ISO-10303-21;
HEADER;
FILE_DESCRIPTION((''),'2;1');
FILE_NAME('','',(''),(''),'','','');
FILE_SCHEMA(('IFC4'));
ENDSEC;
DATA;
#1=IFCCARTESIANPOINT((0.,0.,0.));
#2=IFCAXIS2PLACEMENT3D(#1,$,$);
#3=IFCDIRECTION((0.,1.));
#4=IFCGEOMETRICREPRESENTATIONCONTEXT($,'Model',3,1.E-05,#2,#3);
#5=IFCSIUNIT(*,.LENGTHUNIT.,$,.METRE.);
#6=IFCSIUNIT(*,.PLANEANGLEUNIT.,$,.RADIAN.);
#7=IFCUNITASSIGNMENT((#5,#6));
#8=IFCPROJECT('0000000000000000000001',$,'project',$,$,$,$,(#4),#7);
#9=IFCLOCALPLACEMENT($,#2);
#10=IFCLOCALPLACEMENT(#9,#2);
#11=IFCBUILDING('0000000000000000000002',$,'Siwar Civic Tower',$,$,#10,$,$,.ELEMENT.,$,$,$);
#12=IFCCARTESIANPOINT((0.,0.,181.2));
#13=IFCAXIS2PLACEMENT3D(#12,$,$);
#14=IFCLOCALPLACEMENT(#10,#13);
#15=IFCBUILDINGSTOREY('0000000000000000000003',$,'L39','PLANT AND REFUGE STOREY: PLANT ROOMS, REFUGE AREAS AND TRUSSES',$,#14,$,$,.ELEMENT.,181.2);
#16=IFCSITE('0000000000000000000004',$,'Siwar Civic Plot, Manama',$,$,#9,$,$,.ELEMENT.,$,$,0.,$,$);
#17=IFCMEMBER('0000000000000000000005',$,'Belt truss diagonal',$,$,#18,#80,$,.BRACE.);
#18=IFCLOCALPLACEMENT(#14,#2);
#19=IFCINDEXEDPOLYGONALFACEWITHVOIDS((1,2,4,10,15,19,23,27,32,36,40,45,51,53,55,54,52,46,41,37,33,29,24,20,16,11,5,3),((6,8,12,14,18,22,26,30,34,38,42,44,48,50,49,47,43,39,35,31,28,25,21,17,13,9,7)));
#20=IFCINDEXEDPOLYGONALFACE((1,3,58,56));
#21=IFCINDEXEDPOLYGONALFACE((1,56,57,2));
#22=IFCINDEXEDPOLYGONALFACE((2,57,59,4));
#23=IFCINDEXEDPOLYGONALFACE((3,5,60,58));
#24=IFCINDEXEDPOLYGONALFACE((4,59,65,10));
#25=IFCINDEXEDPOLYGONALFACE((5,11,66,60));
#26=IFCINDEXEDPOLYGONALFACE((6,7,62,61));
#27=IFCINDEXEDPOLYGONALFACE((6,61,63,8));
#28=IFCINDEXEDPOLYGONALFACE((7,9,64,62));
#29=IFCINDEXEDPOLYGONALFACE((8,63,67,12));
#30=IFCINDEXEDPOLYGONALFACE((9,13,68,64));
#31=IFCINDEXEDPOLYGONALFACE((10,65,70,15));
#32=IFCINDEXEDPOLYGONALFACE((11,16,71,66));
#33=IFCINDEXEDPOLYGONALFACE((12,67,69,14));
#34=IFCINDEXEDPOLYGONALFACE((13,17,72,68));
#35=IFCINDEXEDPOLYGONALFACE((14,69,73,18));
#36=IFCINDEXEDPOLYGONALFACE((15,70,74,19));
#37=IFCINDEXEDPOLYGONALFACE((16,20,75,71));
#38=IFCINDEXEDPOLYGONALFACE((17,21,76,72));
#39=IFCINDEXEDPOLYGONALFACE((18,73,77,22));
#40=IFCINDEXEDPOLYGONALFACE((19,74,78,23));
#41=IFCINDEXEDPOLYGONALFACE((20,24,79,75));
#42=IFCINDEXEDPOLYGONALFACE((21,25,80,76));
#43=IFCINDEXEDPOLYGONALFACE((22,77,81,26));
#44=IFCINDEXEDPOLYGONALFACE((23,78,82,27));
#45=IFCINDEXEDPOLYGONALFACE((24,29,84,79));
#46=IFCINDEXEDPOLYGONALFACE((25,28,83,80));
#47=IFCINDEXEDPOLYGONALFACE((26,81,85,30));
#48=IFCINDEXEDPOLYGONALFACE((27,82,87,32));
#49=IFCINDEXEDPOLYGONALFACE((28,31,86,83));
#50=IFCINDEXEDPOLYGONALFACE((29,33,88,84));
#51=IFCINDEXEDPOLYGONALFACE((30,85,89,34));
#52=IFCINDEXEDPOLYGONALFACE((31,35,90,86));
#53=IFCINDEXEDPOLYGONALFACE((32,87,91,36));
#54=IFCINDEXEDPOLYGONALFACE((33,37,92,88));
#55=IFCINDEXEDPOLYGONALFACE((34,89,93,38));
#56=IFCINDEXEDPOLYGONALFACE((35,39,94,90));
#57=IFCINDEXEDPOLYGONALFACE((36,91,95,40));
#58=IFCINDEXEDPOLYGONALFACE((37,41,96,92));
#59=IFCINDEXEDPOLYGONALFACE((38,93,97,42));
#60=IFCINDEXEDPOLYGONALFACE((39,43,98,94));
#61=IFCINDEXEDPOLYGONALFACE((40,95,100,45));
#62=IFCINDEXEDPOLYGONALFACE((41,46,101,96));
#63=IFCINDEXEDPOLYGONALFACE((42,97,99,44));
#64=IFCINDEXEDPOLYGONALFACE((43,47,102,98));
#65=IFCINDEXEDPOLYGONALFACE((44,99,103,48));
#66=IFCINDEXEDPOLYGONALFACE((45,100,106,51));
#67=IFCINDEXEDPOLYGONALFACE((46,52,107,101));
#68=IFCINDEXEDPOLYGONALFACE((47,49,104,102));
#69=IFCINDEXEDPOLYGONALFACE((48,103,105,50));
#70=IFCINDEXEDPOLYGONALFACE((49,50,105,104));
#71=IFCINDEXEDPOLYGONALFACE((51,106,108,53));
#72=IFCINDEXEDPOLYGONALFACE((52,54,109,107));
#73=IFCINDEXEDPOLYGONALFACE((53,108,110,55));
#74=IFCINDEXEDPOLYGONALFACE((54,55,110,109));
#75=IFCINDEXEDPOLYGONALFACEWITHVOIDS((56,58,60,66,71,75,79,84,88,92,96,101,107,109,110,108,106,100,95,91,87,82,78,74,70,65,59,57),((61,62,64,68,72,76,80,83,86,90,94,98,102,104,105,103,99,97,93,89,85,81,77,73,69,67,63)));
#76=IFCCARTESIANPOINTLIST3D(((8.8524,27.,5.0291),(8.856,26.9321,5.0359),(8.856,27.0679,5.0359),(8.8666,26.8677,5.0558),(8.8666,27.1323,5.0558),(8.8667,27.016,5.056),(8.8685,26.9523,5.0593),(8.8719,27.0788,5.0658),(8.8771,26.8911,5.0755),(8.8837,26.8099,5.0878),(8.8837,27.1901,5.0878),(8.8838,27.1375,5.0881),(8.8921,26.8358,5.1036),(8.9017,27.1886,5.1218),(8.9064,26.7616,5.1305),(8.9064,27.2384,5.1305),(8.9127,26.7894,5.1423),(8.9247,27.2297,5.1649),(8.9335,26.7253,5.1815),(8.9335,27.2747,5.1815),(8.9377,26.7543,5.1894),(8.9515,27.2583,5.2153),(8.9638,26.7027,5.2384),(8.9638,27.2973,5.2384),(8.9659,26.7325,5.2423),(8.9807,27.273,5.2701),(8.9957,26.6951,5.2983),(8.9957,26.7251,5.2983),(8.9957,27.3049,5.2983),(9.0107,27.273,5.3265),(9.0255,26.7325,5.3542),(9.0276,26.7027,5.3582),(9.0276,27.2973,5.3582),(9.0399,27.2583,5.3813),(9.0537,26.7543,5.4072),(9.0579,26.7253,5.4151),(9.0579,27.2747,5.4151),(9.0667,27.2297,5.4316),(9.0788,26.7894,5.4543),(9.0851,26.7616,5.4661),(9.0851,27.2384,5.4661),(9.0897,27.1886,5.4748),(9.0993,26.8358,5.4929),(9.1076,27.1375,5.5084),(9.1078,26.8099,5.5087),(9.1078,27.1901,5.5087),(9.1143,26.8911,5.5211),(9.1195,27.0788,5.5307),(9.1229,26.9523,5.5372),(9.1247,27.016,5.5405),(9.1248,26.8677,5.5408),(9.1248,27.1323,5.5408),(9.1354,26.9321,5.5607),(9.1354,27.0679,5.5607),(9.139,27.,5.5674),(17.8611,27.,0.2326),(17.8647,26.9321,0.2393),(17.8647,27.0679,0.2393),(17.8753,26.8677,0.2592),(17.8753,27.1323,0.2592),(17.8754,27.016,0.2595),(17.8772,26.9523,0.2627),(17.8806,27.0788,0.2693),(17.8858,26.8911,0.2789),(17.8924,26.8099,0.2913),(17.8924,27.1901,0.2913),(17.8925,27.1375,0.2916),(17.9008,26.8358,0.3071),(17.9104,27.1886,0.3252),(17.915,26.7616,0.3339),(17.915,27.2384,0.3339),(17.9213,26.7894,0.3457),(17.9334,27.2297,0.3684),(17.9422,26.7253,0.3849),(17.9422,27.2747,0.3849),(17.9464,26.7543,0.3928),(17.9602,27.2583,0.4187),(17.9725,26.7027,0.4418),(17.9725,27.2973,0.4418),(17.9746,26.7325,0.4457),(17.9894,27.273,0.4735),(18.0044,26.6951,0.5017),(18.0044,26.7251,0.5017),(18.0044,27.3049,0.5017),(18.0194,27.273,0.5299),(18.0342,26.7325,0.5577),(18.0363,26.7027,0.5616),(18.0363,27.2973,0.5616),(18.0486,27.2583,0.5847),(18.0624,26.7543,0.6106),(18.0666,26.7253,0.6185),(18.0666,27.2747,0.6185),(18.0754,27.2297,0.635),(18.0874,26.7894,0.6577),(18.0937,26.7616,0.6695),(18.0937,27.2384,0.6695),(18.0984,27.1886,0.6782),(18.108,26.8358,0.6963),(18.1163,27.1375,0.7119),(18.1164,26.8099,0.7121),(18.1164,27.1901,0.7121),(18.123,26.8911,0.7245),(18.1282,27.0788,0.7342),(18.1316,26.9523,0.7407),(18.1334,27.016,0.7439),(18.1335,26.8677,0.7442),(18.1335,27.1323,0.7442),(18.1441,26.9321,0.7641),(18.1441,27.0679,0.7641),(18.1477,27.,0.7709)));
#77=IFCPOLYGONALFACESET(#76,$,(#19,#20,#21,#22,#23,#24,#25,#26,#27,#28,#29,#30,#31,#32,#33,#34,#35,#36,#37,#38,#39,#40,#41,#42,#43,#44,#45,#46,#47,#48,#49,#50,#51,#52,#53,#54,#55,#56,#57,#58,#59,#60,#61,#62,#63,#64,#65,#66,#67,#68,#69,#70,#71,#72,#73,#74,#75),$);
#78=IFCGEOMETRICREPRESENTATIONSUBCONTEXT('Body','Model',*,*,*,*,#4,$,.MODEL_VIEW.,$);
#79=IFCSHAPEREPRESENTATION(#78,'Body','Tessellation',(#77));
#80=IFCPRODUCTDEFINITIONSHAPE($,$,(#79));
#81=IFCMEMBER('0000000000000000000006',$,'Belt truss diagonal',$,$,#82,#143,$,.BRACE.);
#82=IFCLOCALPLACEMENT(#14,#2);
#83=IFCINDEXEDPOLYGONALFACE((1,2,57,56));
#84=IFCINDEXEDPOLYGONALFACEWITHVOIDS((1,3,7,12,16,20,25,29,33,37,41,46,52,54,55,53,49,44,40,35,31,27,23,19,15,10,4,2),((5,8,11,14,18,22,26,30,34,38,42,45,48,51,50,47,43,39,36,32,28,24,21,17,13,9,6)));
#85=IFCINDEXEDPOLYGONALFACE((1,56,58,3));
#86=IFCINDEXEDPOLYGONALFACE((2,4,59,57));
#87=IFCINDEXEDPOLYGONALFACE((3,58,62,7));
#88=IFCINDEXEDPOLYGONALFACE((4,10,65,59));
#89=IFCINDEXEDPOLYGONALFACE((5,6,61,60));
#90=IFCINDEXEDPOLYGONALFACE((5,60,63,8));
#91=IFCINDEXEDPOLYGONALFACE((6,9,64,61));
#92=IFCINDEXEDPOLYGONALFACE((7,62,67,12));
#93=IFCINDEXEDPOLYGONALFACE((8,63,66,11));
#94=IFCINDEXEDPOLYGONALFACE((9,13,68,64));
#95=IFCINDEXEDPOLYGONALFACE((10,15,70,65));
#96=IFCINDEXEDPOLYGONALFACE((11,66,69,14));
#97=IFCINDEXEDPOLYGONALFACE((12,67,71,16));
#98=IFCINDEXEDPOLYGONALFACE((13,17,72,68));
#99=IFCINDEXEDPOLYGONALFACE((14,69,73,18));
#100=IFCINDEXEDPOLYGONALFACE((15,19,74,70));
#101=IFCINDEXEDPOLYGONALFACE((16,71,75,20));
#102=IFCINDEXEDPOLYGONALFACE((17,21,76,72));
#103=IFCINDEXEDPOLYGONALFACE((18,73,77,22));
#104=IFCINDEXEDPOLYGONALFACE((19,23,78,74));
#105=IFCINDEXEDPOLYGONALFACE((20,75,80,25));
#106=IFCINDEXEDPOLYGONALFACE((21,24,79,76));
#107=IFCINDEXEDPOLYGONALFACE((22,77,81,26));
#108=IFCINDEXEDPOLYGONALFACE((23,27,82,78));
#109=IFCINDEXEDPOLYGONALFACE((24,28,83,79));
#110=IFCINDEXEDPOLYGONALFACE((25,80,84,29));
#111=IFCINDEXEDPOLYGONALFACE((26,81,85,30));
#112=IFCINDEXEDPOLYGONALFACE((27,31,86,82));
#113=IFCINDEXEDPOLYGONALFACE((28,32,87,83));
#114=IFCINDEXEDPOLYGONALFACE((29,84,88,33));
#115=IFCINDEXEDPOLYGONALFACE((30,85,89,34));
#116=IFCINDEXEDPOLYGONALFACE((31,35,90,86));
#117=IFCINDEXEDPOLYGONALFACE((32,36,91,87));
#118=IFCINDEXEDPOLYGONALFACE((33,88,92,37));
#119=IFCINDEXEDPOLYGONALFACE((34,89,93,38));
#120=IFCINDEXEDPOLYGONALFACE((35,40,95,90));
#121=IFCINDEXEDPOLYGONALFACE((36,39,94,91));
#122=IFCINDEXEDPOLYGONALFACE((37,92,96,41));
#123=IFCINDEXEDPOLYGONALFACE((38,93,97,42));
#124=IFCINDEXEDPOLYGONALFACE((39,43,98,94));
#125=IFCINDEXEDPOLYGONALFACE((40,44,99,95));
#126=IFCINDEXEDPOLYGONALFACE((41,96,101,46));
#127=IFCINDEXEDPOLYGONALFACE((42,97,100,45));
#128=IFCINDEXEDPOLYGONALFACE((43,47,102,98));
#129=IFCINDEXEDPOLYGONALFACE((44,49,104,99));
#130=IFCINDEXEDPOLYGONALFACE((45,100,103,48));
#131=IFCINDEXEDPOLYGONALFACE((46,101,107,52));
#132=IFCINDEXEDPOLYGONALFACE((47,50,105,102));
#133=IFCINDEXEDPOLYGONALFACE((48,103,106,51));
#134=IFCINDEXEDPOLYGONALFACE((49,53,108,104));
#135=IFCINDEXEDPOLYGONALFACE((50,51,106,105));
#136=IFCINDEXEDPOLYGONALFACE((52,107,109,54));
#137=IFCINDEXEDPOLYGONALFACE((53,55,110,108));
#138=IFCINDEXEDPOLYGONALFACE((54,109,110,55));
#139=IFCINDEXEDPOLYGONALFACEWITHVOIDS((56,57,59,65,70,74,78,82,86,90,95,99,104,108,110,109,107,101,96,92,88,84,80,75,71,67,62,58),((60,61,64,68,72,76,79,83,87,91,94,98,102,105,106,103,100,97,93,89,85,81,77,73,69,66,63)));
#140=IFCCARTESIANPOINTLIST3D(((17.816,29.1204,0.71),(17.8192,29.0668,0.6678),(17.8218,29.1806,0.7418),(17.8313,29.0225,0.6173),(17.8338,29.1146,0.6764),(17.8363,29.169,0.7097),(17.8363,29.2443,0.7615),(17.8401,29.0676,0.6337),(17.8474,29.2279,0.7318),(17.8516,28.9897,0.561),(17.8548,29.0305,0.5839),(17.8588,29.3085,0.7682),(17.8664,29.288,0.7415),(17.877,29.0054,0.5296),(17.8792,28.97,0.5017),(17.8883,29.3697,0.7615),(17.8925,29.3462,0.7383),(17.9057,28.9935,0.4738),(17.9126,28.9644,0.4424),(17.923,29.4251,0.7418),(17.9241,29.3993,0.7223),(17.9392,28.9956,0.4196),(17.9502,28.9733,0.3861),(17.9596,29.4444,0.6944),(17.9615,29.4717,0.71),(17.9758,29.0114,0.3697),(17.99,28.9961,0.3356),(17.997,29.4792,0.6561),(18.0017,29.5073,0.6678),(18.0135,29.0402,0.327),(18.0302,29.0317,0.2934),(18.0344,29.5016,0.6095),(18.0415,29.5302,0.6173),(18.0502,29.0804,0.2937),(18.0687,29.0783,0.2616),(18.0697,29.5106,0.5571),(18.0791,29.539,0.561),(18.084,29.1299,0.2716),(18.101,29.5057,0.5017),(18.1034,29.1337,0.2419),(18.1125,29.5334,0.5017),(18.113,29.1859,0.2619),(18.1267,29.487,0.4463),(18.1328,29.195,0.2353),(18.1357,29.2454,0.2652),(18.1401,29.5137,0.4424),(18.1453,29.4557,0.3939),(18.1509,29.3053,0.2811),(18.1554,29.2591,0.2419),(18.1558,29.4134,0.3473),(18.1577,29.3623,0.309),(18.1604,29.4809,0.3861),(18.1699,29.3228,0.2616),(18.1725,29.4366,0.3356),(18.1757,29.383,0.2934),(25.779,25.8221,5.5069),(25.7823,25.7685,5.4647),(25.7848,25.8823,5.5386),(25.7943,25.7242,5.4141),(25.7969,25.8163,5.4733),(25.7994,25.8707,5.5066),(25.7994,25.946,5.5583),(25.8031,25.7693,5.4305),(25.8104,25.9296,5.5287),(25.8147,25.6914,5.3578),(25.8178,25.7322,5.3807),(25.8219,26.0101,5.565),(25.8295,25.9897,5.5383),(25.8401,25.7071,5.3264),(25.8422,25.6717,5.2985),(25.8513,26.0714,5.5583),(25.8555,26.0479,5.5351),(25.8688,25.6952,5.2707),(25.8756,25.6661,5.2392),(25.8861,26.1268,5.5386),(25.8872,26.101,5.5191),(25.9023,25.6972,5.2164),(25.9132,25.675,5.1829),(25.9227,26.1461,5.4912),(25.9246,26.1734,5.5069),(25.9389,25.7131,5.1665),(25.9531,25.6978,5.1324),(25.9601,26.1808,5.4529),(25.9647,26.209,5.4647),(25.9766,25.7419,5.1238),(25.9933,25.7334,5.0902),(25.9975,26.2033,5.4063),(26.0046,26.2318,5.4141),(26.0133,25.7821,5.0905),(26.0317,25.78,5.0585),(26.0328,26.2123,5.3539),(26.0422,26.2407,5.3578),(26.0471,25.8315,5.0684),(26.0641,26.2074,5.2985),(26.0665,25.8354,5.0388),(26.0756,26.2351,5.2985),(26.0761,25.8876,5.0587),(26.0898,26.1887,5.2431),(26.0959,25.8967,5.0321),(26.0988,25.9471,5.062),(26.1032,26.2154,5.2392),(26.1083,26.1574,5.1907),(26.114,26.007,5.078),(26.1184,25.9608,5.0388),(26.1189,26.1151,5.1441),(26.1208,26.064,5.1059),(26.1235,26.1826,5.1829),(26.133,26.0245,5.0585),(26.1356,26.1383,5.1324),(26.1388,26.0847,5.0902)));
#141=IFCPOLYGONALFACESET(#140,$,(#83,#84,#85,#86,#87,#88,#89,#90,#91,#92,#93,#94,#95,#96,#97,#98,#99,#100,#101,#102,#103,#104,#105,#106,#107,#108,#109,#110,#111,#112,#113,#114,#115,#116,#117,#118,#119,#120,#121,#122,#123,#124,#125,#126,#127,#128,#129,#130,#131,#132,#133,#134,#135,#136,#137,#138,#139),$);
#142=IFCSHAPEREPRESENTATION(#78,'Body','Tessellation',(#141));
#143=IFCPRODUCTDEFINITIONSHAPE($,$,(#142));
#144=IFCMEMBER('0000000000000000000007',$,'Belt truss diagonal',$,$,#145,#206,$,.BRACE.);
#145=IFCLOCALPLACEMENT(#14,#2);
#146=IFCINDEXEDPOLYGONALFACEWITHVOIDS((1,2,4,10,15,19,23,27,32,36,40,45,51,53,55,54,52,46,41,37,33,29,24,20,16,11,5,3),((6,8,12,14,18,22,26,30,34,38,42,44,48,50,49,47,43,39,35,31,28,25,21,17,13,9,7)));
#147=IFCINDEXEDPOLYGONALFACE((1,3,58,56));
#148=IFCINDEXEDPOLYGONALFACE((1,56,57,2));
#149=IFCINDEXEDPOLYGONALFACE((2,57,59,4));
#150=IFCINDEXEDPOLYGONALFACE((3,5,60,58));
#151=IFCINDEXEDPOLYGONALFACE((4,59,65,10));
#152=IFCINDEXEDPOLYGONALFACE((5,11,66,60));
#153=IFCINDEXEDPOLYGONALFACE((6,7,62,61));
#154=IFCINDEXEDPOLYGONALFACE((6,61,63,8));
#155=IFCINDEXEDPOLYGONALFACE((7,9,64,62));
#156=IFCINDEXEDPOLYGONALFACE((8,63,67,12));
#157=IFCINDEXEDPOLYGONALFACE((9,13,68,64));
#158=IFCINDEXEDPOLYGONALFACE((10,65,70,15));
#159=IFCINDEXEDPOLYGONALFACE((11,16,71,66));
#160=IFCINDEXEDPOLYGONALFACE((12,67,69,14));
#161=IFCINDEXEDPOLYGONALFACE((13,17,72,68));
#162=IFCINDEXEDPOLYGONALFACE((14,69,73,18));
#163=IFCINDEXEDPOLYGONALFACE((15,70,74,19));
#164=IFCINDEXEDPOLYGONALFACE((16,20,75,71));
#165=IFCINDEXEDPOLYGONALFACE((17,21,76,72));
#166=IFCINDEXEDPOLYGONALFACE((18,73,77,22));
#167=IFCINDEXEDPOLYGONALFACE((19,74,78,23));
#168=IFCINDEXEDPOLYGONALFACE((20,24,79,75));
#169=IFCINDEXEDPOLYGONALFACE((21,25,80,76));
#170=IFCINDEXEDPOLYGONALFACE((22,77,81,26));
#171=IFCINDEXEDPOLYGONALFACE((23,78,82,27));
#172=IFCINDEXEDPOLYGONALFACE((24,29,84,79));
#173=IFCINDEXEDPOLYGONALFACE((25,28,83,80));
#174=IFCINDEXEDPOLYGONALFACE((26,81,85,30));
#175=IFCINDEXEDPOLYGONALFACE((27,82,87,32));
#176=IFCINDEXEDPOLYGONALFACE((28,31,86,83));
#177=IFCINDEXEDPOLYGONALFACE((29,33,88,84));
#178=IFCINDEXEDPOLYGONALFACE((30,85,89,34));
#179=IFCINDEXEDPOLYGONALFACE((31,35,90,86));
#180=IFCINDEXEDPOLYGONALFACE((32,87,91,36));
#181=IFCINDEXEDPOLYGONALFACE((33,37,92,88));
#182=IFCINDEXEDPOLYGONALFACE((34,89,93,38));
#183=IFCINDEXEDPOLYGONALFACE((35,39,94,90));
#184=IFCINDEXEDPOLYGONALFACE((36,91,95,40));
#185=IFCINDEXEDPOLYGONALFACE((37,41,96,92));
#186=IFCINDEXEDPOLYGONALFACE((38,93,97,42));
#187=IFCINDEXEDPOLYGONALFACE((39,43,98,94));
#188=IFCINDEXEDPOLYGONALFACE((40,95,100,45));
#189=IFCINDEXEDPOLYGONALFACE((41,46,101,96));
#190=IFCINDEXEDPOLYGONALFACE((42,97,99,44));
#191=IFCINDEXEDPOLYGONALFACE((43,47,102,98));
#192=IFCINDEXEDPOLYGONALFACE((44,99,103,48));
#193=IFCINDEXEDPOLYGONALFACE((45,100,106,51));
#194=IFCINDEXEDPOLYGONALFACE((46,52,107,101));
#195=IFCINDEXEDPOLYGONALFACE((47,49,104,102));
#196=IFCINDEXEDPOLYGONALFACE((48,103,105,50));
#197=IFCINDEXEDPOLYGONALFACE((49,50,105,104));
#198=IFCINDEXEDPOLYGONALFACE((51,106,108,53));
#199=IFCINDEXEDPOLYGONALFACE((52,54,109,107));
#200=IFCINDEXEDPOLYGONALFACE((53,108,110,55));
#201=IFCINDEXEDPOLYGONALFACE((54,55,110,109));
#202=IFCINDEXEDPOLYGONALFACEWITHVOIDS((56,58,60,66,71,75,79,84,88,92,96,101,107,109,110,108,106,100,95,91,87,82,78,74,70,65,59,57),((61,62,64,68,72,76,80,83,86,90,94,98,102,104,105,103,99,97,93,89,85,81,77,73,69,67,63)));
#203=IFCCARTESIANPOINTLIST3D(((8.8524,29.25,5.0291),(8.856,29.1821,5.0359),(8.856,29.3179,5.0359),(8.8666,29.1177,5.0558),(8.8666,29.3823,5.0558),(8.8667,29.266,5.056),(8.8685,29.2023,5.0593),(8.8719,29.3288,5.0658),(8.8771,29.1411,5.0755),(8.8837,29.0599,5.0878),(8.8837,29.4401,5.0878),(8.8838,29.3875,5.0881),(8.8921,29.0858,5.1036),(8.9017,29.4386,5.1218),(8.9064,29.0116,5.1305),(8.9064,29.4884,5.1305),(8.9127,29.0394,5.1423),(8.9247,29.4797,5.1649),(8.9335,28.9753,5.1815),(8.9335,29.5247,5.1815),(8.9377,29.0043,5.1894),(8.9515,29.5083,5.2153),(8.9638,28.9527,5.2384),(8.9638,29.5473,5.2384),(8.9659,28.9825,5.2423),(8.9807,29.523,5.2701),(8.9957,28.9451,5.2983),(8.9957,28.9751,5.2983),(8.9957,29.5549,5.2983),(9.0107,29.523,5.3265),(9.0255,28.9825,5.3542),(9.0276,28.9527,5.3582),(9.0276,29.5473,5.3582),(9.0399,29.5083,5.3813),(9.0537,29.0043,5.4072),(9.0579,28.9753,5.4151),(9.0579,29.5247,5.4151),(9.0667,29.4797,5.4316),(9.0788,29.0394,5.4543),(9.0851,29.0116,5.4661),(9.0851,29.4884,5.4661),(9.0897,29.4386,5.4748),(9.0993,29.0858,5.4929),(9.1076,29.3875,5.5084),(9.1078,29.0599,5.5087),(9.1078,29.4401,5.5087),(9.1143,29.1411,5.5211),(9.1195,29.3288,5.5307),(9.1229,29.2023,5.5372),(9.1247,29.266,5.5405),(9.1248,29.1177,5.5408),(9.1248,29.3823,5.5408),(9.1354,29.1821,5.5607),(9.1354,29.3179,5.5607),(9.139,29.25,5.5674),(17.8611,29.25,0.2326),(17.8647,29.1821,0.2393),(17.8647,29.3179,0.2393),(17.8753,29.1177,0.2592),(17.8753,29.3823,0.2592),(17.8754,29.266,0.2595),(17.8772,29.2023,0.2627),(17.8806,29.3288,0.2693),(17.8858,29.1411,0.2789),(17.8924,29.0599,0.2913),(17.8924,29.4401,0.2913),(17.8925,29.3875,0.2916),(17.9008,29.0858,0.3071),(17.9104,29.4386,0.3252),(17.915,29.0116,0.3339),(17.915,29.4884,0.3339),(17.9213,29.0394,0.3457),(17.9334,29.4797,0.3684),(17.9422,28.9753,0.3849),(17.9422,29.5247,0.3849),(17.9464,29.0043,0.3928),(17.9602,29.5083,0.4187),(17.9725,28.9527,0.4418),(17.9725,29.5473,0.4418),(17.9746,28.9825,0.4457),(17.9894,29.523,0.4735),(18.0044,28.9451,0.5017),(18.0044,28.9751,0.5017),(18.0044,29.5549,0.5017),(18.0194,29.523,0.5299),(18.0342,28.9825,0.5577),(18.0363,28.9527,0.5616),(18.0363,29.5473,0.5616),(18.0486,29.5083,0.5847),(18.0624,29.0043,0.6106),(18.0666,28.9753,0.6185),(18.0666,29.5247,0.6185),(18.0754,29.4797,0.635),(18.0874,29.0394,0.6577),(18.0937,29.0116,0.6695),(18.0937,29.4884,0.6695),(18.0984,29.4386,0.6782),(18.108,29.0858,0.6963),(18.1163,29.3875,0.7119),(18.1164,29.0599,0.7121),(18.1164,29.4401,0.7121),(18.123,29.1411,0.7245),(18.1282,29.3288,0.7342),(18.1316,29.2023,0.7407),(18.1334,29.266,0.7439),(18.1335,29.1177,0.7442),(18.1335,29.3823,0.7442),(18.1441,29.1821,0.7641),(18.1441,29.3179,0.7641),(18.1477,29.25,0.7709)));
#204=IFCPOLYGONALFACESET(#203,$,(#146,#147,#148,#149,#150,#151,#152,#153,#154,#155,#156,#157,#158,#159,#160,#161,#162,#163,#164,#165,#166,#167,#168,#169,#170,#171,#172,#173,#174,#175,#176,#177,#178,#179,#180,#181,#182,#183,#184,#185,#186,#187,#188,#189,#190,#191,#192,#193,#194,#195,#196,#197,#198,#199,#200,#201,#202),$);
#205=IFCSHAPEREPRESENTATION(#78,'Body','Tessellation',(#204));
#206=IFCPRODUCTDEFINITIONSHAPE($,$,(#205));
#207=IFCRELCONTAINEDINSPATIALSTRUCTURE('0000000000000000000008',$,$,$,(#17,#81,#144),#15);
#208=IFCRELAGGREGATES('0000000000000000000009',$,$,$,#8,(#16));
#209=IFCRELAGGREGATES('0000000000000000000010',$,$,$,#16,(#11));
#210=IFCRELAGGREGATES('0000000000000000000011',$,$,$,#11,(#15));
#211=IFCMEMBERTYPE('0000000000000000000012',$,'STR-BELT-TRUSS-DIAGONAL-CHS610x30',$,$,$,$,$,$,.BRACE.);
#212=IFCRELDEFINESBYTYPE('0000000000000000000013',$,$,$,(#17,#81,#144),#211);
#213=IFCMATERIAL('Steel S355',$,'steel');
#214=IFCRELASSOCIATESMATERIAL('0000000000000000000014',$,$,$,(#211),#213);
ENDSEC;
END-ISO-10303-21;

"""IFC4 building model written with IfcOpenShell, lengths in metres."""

from ifc_helpers import new_model, si_unit, direction, frame, origin, origin_2d, place, context, subcontext, project, spatial, hollow_circle, extrude, material, material_profile, profile_set, type_object, element, save


model = new_model("IFC4")

# Units and contexts
model_context = context("Model", 3, precision=1e-05, world=origin(), true_north=direction((0.0, 1.0)))
body_context = subcontext(model_context, "Body", "Model", "MODEL_VIEW")
ifc_project = project(units=[si_unit("LENGTHUNIT", "METRE"), si_unit("PLANEANGLEUNIT", "RADIAN")], contexts=[model_context])

# Site, building, storey
site_placement = place(None, origin())
site = spatial("IfcSite", under=ifc_project, at=site_placement, Name="Siwar Civic Plot, Manama", CompositionType="ELEMENT", RefElevation=0.0)
building_placement = place(site_placement, origin())
building = spatial("IfcBuilding", under=site, at=building_placement, Name="Siwar Civic Tower", CompositionType="ELEMENT")
storey_placement = place(building_placement, frame((0.0, 0.0, 181.2)))
storey = spatial("IfcBuildingStorey", under=building, at=storey_placement, Name="L39", Description="PLANT AND REFUGE STOREY: PLANT ROOMS, REFUGE AREAS AND TRUSSES", CompositionType="ELEMENT", Elevation=181.2)

# Members
ifc_material_1 = material(Name="Steel S355", Category="steel")
ifc_material_profile_1 = material_profile(ifc_material_1, hollow_circle(Radius=0.3049, WallThickness=0.03, at=origin_2d()), Name="CHS610x30")
ifc_profile_set_1 = profile_set([ifc_material_profile_1], Name="Steel S355")
member_type_1 = type_object("IfcMemberType", Name="STR-BELT-TRUSS-DIAGONAL-CHS610x30", PredefinedType="BRACE", material=ifc_profile_set_1)
member_1_placement = place(storey_placement, frame((18.0044, 27.0, 0.5017), z_axis=(-0.882681, 0.0, 0.469974), x_axis=(0.0, -1.0, 0.0)))
element("IfcMember", 1, at=member_1_placement, inside=storey, type_object=member_type_1, Name="Belt truss diagonal", PredefinedType="BRACE", context=body_context, shape_type="SweptSolid", body=[
    extrude(hollow_circle(Radius=0.3049, WallThickness=0.03, at=origin_2d()), origin(), (0.0, 0.0, 1.0), 10.2061),
])
member_2_placement = place(storey_placement, frame((17.9958, 29.2517, 0.5017), z_axis=(0.807284, -0.334378, 0.486296), x_axis=(0.382674, 0.923884, 0.0)))
element("IfcMember", 2, at=member_2_placement, inside=storey, type_object=member_type_1, Name="Belt truss diagonal", PredefinedType="BRACE", context=body_context, shape_type="SweptSolid", body=[
    extrude(hollow_circle(Radius=0.3049, WallThickness=0.03, at=origin_2d()), origin(), (0.0, 0.0, 1.0), 9.864),
])
member_3_placement = place(storey_placement, frame((18.0044, 29.25, 0.5017), z_axis=(-0.882681, 0.0, 0.469974), x_axis=(0.0, -1.0, 0.0)))
element("IfcMember", 3, at=member_3_placement, inside=storey, type_object=member_type_1, Name="Belt truss diagonal", PredefinedType="BRACE", context=body_context, shape_type="SweptSolid", body=[
    extrude(hollow_circle(Radius=0.3049, WallThickness=0.03, at=origin_2d()), origin(), (0.0, 0.0, 1.0), 10.2061),
])

save(model, "model.ifc")
